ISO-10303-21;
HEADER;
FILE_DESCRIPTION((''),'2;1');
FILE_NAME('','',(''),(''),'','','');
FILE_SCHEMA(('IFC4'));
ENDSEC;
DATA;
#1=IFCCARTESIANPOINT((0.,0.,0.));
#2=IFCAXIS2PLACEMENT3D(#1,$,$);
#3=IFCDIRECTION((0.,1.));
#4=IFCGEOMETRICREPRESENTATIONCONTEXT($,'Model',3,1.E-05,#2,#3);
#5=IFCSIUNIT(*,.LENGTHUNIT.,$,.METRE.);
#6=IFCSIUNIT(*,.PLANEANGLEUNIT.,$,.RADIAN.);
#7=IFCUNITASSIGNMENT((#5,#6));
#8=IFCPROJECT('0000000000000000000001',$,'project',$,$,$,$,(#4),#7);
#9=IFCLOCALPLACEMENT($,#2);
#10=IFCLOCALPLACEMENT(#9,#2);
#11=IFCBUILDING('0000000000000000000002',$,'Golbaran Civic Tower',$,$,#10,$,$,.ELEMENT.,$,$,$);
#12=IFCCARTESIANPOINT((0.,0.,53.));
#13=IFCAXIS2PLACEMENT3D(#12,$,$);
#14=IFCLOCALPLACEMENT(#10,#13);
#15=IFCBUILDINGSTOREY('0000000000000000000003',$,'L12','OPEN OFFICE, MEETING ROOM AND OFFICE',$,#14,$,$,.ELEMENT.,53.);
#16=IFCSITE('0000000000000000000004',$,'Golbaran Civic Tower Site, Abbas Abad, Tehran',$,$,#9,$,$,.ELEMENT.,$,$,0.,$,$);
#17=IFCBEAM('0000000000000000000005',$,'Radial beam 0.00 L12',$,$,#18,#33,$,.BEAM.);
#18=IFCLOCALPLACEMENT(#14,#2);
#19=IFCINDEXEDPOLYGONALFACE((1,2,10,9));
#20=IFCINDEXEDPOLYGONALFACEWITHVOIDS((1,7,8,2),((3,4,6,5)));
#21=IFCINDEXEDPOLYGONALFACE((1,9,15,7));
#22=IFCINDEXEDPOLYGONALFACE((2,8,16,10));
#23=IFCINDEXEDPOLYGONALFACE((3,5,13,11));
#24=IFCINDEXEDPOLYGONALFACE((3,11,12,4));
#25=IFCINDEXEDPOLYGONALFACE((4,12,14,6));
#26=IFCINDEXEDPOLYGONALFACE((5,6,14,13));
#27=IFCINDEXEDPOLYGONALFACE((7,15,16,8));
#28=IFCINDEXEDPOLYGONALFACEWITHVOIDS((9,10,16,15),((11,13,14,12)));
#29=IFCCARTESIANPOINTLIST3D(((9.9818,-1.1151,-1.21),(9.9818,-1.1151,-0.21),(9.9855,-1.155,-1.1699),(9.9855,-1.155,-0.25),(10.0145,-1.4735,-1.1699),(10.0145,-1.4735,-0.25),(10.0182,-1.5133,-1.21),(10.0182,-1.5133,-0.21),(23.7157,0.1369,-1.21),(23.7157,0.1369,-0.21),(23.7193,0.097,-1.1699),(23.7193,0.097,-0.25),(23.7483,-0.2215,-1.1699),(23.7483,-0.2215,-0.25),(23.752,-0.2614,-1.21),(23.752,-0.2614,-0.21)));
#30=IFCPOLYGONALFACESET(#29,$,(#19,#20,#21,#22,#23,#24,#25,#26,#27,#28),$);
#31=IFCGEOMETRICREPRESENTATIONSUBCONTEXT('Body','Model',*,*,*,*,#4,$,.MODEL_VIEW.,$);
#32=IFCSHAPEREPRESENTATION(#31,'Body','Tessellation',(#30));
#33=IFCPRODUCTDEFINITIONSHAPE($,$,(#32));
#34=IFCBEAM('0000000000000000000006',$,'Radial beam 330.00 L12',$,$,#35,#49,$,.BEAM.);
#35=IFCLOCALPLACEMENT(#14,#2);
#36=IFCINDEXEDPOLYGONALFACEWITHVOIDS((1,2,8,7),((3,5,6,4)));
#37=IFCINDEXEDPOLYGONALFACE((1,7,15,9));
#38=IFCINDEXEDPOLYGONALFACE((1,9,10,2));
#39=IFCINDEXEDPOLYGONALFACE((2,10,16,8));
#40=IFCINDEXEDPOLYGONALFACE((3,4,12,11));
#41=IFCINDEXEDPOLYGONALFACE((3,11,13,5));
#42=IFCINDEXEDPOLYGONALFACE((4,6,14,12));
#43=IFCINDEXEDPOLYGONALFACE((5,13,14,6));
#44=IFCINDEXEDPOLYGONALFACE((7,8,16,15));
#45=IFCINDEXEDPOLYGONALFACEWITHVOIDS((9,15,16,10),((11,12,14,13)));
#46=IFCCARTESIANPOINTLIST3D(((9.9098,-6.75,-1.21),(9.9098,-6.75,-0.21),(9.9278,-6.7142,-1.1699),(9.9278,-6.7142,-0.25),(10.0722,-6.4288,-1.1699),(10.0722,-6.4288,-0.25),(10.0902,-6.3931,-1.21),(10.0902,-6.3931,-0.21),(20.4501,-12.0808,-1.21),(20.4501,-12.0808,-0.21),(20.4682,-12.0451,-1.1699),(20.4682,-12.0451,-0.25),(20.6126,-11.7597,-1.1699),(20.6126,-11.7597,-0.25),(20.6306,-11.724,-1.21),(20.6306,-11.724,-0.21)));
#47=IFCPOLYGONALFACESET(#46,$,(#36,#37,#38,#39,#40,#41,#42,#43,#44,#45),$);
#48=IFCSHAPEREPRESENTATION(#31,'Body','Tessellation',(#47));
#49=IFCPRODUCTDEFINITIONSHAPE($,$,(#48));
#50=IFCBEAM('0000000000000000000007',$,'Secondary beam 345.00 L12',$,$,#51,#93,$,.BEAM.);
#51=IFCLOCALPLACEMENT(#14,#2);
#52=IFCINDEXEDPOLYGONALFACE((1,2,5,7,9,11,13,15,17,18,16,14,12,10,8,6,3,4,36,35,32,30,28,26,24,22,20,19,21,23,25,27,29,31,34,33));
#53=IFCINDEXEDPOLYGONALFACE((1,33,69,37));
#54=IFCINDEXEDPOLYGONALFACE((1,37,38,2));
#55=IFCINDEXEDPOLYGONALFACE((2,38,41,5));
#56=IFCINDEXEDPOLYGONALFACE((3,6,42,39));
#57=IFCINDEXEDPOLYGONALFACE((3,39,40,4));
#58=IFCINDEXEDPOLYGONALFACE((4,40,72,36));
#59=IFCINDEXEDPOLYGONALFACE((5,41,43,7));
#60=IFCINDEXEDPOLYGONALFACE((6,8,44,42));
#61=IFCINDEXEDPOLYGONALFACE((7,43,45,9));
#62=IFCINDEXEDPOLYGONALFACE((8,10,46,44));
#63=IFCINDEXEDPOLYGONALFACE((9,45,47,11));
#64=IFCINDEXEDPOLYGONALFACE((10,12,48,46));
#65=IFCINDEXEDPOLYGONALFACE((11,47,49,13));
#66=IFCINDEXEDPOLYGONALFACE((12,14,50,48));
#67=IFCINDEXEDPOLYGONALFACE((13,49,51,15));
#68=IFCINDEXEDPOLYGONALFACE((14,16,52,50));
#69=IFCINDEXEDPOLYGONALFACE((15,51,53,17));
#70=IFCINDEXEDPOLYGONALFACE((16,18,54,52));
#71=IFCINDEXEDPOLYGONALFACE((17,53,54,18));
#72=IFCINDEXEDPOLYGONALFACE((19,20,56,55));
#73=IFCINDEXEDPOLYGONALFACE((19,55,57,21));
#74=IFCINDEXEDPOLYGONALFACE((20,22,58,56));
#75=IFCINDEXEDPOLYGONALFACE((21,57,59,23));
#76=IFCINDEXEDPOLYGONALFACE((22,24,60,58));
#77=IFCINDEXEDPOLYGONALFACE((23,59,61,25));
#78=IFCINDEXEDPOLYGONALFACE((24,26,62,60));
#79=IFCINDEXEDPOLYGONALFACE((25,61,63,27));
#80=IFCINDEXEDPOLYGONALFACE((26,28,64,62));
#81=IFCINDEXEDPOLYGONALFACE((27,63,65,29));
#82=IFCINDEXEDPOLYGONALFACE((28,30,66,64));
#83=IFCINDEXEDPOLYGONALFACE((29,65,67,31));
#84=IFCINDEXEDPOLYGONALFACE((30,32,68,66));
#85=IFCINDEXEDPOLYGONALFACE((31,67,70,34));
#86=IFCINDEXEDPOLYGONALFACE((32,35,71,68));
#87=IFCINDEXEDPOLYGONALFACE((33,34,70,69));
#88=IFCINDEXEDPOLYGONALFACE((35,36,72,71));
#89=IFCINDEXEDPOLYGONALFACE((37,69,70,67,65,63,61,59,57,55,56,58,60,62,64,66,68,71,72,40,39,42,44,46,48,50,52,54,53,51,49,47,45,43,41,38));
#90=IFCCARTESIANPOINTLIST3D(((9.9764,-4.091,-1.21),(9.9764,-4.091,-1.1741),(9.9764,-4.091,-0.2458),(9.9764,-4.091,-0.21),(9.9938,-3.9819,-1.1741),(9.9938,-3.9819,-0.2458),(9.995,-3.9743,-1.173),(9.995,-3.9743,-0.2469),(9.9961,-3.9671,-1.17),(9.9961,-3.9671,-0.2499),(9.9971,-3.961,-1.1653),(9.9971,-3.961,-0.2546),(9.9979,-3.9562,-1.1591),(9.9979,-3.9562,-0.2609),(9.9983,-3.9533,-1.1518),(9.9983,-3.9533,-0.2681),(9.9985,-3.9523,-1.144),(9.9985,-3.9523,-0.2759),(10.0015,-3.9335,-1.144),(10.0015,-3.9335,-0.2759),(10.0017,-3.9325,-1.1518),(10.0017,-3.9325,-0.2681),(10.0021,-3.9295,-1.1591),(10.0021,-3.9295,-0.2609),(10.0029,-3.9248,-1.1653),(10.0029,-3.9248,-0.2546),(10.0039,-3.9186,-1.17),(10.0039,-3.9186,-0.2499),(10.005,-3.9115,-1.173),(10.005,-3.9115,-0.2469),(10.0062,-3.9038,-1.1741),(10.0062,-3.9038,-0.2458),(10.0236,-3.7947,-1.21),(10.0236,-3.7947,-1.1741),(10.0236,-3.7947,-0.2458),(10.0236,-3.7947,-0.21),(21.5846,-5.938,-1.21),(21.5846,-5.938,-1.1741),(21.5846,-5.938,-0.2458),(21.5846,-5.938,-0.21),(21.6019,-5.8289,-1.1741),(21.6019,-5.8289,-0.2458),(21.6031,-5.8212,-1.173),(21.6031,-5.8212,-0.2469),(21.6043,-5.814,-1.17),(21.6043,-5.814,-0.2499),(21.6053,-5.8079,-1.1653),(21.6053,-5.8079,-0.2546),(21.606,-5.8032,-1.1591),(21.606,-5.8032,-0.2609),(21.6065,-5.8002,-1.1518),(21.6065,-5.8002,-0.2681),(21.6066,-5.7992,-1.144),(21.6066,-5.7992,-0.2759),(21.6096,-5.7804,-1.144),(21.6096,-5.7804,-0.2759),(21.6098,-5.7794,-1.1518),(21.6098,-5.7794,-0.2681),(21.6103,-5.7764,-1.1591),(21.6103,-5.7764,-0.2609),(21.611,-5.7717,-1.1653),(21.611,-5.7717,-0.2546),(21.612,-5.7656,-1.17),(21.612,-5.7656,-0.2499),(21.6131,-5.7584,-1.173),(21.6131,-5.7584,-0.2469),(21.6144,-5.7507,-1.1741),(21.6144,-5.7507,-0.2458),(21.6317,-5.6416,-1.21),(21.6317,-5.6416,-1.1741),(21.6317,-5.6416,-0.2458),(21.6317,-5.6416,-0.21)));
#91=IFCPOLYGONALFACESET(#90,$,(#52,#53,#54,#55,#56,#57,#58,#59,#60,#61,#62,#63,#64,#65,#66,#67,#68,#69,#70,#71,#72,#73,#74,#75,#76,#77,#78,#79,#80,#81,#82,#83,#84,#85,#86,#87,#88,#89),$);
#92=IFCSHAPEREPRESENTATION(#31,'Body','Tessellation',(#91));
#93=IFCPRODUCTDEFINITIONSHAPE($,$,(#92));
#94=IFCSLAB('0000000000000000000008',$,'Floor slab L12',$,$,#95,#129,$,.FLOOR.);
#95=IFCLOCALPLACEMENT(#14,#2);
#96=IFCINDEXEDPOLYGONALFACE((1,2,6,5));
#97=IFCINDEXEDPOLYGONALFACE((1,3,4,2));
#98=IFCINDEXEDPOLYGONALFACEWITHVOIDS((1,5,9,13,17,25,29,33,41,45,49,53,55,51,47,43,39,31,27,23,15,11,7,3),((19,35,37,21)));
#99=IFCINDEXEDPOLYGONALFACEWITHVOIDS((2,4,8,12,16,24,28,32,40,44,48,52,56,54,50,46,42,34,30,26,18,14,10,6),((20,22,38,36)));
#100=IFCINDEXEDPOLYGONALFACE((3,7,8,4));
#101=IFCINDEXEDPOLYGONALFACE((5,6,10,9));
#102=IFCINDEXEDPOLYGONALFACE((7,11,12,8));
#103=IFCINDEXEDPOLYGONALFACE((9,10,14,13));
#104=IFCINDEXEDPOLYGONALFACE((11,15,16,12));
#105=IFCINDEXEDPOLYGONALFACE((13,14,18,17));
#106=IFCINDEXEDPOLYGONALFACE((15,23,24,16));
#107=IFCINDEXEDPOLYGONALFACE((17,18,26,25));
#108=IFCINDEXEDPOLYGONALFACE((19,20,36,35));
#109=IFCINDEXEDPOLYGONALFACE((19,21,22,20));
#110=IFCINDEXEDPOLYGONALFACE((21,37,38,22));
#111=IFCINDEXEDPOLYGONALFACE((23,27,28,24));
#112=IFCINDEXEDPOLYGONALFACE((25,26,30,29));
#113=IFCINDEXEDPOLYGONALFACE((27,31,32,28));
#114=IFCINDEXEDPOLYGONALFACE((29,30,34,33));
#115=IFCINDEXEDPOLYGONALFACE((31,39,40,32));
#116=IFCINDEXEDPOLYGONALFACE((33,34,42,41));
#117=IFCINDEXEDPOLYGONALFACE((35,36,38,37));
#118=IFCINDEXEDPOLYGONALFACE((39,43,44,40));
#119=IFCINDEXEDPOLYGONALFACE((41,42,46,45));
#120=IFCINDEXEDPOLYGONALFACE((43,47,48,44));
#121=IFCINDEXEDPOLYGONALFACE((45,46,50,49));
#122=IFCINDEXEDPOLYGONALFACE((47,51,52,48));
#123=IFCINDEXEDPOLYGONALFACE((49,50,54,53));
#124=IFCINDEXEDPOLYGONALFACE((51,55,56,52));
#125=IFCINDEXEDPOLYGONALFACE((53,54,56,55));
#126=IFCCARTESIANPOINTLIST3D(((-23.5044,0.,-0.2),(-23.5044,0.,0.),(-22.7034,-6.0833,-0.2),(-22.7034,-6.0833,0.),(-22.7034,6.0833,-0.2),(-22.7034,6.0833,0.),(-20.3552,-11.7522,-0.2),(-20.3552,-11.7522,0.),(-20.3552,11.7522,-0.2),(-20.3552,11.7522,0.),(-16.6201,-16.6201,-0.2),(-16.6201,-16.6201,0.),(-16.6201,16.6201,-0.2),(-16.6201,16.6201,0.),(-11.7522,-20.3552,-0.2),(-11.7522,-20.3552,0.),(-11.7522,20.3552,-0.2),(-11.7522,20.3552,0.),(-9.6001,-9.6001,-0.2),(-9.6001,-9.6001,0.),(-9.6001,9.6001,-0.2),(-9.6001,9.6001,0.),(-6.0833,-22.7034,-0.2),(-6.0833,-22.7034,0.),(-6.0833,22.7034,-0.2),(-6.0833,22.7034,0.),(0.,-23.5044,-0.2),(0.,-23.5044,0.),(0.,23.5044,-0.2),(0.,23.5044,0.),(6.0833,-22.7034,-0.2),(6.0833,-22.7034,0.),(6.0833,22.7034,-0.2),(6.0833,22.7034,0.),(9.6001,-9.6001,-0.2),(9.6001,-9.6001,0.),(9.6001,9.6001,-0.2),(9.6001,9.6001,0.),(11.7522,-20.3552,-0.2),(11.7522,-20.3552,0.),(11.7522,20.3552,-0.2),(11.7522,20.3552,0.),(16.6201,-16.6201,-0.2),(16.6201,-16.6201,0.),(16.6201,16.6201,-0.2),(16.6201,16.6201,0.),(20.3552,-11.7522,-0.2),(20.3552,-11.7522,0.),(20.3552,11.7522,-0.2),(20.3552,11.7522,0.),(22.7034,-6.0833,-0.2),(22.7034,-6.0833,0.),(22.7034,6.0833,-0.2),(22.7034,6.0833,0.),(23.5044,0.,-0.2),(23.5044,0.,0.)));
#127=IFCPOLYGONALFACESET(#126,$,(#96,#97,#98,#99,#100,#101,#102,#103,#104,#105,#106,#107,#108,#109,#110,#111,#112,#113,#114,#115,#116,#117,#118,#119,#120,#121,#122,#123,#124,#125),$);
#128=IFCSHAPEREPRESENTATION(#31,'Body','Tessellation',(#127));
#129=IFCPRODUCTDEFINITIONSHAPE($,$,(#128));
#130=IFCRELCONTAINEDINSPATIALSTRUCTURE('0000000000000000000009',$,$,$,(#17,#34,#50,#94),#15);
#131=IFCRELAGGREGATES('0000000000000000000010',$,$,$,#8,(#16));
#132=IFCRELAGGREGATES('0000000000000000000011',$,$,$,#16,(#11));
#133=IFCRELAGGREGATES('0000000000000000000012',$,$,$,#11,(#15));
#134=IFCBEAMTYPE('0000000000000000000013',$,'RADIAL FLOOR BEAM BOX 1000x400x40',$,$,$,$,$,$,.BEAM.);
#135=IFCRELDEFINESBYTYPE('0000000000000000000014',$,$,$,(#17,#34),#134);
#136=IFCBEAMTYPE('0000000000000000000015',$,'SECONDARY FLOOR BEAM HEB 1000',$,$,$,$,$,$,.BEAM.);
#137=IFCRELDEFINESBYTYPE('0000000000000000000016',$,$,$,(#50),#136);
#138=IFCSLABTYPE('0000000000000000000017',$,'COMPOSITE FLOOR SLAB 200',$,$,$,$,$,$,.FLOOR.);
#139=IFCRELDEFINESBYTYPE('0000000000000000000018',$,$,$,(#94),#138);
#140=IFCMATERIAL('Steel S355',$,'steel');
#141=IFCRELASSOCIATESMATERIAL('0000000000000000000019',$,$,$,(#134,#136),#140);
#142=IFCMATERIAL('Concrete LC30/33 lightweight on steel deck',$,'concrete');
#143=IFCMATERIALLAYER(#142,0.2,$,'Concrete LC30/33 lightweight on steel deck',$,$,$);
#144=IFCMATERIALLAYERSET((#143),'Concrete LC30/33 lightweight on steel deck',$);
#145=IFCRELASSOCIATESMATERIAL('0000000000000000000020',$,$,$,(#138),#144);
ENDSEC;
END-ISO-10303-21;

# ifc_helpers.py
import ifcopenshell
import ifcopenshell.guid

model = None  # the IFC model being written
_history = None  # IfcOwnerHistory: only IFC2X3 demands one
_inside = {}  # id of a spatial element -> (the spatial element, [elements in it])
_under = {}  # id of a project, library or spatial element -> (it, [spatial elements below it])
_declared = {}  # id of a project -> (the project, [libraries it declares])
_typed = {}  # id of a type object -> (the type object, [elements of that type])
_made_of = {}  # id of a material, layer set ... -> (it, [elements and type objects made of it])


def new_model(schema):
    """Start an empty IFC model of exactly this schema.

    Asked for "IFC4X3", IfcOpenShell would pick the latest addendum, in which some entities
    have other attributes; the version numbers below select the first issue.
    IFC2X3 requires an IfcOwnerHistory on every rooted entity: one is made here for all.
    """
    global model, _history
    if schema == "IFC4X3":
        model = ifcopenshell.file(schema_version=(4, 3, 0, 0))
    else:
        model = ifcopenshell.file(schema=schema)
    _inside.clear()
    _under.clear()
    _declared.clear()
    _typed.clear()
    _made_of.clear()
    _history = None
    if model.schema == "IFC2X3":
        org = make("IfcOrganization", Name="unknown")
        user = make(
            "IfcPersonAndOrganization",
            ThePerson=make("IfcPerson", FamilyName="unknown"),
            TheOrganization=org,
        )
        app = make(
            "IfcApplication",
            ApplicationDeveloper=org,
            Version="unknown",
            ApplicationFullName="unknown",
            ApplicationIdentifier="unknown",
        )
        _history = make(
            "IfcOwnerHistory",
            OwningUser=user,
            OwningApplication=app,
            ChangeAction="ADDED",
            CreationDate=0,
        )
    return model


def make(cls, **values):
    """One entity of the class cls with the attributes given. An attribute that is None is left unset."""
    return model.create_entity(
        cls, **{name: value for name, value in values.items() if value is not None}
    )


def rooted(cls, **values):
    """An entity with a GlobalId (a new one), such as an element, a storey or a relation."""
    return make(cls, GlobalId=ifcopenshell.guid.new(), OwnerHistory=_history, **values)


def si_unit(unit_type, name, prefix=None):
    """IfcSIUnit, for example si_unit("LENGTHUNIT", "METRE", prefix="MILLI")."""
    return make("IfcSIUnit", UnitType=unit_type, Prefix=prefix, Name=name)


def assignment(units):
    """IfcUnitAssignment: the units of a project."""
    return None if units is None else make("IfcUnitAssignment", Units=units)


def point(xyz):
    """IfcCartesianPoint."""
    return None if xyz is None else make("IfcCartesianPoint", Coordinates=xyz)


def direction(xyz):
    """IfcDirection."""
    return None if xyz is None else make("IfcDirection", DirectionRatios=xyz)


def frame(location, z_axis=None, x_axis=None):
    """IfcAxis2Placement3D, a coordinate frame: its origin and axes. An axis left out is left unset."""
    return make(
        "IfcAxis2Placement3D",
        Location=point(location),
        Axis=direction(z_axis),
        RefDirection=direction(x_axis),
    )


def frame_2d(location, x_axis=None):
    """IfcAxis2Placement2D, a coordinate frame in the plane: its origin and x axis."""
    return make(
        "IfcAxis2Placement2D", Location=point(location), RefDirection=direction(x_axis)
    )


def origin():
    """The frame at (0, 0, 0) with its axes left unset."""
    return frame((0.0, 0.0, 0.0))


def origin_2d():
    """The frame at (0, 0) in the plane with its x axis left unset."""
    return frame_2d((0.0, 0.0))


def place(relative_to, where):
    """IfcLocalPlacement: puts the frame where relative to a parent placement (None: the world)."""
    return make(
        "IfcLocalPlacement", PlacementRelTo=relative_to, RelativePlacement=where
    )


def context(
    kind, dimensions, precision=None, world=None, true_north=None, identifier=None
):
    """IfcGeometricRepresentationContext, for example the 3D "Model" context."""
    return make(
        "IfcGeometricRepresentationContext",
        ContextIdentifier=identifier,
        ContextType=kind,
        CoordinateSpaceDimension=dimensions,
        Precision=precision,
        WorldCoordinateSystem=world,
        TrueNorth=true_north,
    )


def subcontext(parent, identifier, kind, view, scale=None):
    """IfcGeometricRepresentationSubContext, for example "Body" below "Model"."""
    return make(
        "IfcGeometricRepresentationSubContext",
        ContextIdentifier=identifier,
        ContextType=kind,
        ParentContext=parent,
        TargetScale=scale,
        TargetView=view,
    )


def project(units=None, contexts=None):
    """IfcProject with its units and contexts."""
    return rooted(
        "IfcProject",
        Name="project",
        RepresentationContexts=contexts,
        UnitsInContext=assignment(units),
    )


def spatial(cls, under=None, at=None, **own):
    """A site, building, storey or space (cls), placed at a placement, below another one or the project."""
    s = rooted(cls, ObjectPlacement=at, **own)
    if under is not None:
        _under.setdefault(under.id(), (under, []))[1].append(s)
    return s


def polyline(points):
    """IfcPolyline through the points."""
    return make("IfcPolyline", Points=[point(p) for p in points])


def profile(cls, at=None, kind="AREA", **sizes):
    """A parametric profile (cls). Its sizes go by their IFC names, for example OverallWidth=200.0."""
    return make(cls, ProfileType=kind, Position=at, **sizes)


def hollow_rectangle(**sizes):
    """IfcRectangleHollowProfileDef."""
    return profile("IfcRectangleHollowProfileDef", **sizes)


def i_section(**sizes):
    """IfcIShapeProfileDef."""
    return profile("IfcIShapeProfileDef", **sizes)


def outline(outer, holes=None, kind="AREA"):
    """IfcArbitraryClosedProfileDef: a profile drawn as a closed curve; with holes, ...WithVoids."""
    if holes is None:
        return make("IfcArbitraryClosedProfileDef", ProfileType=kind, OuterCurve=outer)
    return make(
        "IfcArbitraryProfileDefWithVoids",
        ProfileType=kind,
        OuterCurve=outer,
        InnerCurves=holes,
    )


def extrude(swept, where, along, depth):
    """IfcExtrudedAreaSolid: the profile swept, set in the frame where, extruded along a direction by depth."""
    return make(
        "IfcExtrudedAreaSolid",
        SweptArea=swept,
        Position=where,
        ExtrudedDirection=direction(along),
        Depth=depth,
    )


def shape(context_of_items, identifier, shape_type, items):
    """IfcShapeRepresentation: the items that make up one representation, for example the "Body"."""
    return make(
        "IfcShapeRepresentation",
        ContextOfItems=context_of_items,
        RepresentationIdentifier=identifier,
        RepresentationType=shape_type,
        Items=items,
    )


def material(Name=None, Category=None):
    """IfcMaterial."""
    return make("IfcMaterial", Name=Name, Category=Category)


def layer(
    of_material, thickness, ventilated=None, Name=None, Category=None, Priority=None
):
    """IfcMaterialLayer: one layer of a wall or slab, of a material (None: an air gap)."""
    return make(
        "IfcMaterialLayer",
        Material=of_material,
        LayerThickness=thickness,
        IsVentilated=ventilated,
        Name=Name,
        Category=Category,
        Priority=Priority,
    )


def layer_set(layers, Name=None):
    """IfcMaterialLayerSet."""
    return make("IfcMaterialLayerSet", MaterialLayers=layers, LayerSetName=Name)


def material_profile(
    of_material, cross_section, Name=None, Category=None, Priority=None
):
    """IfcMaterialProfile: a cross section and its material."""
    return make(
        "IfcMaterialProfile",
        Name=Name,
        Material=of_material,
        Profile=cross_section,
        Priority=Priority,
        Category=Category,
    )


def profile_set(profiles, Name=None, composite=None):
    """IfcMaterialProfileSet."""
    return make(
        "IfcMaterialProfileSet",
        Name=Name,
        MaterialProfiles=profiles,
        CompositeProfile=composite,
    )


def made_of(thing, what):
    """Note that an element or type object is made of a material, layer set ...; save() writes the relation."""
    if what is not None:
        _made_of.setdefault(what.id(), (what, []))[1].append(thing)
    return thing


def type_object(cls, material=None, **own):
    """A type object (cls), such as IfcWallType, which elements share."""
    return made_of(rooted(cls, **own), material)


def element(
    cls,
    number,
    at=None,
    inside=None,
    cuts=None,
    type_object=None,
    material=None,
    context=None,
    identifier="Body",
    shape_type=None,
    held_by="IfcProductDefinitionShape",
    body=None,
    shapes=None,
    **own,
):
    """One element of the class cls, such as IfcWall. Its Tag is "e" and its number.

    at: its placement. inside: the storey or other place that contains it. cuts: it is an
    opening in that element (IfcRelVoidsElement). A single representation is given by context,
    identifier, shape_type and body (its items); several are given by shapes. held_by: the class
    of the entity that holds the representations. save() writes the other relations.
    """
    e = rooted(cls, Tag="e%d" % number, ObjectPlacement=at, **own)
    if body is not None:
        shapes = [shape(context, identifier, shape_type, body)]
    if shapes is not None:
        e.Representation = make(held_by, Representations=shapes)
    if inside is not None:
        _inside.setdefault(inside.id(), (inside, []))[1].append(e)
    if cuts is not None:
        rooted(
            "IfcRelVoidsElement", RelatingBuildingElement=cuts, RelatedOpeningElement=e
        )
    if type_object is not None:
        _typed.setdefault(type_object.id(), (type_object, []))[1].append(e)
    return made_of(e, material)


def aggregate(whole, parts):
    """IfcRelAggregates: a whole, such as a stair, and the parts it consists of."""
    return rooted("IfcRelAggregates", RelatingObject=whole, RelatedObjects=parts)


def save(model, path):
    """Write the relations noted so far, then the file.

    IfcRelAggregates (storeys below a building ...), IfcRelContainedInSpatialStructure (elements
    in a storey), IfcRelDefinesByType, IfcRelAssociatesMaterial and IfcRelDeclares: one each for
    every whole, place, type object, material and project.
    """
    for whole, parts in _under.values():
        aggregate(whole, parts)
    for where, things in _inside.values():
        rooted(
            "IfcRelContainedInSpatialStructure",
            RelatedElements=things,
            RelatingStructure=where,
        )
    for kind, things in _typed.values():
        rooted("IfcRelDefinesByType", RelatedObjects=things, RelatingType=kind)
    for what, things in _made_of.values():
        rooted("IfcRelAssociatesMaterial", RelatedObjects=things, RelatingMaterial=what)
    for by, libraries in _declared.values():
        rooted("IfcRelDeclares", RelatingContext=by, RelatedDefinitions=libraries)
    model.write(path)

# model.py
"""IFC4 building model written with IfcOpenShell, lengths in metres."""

from ifc_helpers import new_model, si_unit, direction, frame, origin, origin_2d, place, context, subcontext, project, spatial, polyline, hollow_rectangle, i_section, outline, extrude, material, layer, layer_set, material_profile, profile_set, type_object, element, save


model = new_model("IFC4")

# Units and contexts
model_context = context("Model", 3, precision=1e-05, world=origin(), true_north=direction((0.0, 1.0)))
body_context = subcontext(model_context, "Body", "Model", "MODEL_VIEW")
ifc_project = project(units=[si_unit("LENGTHUNIT", "METRE"), si_unit("PLANEANGLEUNIT", "RADIAN")], contexts=[model_context])

# Site, building, storey
site_placement = place(None, origin())
site = spatial("IfcSite", under=ifc_project, at=site_placement, Name="Golbaran Civic Tower Site, Abbas Abad, Tehran", CompositionType="ELEMENT", RefElevation=0.0)
building_placement = place(site_placement, origin())
building = spatial("IfcBuilding", under=site, at=building_placement, Name="Golbaran Civic Tower", CompositionType="ELEMENT")
storey_placement = place(building_placement, frame((0.0, 0.0, 53.0)))
storey = spatial("IfcBuildingStorey", under=building, at=storey_placement, Name="L12", Description="OPEN OFFICE, MEETING ROOM AND OFFICE", CompositionType="ELEMENT", Elevation=53.0)

# Beams
ifc_material_1 = material(Name="Steel S355", Category="steel")
ifc_material_profile_1 = material_profile(ifc_material_1, hollow_rectangle(XDim=0.3999, YDim=1.0, WallThickness=0.04, at=origin_2d()), Name="BOX 1000x400x40")
ifc_profile_set_1 = profile_set([ifc_material_profile_1], Name="Steel S355")
beam_type_1 = type_object("IfcBeamType", Name="RADIAL FLOOR BEAM BOX 1000x400x40", PredefinedType="BEAM", material=ifc_profile_set_1)
beam_1_placement = place(storey_placement, frame((10.0, -1.3142, -0.71), z_axis=(0.995871, 0.090782, 0.0), x_axis=(-0.090782, 0.995871, 0.0)))
element("IfcBeam", 1, at=beam_1_placement, inside=storey, type_object=beam_type_1, Name="Radial beam 0.00 L12", PredefinedType="BEAM", context=body_context, shape_type="SweptSolid", body=[
    extrude(hollow_rectangle(XDim=0.3999, YDim=1.0, WallThickness=0.04, at=origin_2d()), origin(), (0.0, 0.0, 1.0), 13.7908),
])
beam_2_placement = place(storey_placement, frame((10.0, -6.5715, -0.71), z_axis=(0.892363, -0.451318, 0.0), x_axis=(0.451318, 0.892363, 0.0)))
element("IfcBeam", 2, at=beam_2_placement, inside=storey, type_object=beam_type_1, Name="Radial beam 330.00 L12", PredefinedType="BEAM", context=body_context, shape_type="SweptSolid", body=[
    extrude(hollow_rectangle(XDim=0.3999, YDim=1.0, WallThickness=0.04, at=origin_2d()), origin(), (0.0, 0.0, 1.0), 11.8118),
])
ifc_material_profile_2 = material_profile(ifc_material_1, i_section(OverallWidth=0.3, OverallDepth=1.0, WebThickness=0.019, FlangeThickness=0.0359, FilletRadius=0.03, at=origin_2d()), Name="HEB 1000")
ifc_profile_set_2 = profile_set([ifc_material_profile_2], Name="Steel S355")
beam_type_2 = type_object("IfcBeamType", Name="SECONDARY FLOOR BEAM HEB 1000", PredefinedType="BEAM", material=ifc_profile_set_2)
beam_3_placement = place(storey_placement, frame((10.0, -3.9429, -0.71), z_axis=(0.987578, -0.157129, 0.0), x_axis=(0.157129, 0.987578, 0.0)))
element("IfcBeam", 3, at=beam_3_placement, inside=storey, type_object=beam_type_2, Name="Secondary beam 345.00 L12", PredefinedType="BEAM", context=body_context, shape_type="SweptSolid", body=[
    extrude(i_section(OverallWidth=0.3, OverallDepth=1.0, WebThickness=0.019, FlangeThickness=0.0359, FilletRadius=0.03, at=origin_2d()), origin(), (0.0, 0.0, 1.0), 11.7542),
])

# Slab
ifc_material_2 = material(Name="Concrete LC30/33 lightweight on steel deck", Category="concrete")
ifc_layer_1 = layer(ifc_material_2, 0.2, Name="Concrete LC30/33 lightweight on steel deck")
ifc_layer_set_1 = layer_set([ifc_layer_1], Name="Concrete LC30/33 lightweight on steel deck")
slab_type_1 = type_object("IfcSlabType", Name="COMPOSITE FLOOR SLAB 200", PredefinedType="FLOOR", material=ifc_layer_set_1)
slab_1_placement = place(storey_placement, frame((0.0, 0.0, -0.2)))
element("IfcSlab", 4, at=slab_1_placement, inside=storey, type_object=slab_type_1, Name="Floor slab L12", PredefinedType="FLOOR", context=body_context, shape_type="SweptSolid", body=[
    extrude(outline(polyline([(20.3552, -11.7522), (16.6201, -16.6201), (11.7522, -20.3552), (6.0833, -22.7034), (0.0, -23.5044), (-6.0833, -22.7034), (-11.7522, -20.3552), (-16.6201, -16.6201), (-20.3552, -11.7522), (-22.7034, -6.0833), (-23.5044, 0.0), (-22.7034, 6.0833), (-20.3552, 11.7522), (-16.6201, 16.6201), (-11.7522, 20.3552), (-6.0833, 22.7034), (0.0, 23.5044), (6.0833, 22.7034), (11.7522, 20.3552), (16.6201, 16.6201), (20.3552, 11.7522), (22.7034, 6.0833), (23.5044, 0.0), (22.7034, -6.0833), (20.3552, -11.7522)]), holes=[polyline([(-9.6001, 9.6001), (-9.6001, -9.6001), (9.6001, -9.6001), (9.6001, 9.6001), (-9.6001, 9.6001)])]), origin(), (0.0, 0.0, 1.0), 0.2),
])

save(model, "model.ifc")
